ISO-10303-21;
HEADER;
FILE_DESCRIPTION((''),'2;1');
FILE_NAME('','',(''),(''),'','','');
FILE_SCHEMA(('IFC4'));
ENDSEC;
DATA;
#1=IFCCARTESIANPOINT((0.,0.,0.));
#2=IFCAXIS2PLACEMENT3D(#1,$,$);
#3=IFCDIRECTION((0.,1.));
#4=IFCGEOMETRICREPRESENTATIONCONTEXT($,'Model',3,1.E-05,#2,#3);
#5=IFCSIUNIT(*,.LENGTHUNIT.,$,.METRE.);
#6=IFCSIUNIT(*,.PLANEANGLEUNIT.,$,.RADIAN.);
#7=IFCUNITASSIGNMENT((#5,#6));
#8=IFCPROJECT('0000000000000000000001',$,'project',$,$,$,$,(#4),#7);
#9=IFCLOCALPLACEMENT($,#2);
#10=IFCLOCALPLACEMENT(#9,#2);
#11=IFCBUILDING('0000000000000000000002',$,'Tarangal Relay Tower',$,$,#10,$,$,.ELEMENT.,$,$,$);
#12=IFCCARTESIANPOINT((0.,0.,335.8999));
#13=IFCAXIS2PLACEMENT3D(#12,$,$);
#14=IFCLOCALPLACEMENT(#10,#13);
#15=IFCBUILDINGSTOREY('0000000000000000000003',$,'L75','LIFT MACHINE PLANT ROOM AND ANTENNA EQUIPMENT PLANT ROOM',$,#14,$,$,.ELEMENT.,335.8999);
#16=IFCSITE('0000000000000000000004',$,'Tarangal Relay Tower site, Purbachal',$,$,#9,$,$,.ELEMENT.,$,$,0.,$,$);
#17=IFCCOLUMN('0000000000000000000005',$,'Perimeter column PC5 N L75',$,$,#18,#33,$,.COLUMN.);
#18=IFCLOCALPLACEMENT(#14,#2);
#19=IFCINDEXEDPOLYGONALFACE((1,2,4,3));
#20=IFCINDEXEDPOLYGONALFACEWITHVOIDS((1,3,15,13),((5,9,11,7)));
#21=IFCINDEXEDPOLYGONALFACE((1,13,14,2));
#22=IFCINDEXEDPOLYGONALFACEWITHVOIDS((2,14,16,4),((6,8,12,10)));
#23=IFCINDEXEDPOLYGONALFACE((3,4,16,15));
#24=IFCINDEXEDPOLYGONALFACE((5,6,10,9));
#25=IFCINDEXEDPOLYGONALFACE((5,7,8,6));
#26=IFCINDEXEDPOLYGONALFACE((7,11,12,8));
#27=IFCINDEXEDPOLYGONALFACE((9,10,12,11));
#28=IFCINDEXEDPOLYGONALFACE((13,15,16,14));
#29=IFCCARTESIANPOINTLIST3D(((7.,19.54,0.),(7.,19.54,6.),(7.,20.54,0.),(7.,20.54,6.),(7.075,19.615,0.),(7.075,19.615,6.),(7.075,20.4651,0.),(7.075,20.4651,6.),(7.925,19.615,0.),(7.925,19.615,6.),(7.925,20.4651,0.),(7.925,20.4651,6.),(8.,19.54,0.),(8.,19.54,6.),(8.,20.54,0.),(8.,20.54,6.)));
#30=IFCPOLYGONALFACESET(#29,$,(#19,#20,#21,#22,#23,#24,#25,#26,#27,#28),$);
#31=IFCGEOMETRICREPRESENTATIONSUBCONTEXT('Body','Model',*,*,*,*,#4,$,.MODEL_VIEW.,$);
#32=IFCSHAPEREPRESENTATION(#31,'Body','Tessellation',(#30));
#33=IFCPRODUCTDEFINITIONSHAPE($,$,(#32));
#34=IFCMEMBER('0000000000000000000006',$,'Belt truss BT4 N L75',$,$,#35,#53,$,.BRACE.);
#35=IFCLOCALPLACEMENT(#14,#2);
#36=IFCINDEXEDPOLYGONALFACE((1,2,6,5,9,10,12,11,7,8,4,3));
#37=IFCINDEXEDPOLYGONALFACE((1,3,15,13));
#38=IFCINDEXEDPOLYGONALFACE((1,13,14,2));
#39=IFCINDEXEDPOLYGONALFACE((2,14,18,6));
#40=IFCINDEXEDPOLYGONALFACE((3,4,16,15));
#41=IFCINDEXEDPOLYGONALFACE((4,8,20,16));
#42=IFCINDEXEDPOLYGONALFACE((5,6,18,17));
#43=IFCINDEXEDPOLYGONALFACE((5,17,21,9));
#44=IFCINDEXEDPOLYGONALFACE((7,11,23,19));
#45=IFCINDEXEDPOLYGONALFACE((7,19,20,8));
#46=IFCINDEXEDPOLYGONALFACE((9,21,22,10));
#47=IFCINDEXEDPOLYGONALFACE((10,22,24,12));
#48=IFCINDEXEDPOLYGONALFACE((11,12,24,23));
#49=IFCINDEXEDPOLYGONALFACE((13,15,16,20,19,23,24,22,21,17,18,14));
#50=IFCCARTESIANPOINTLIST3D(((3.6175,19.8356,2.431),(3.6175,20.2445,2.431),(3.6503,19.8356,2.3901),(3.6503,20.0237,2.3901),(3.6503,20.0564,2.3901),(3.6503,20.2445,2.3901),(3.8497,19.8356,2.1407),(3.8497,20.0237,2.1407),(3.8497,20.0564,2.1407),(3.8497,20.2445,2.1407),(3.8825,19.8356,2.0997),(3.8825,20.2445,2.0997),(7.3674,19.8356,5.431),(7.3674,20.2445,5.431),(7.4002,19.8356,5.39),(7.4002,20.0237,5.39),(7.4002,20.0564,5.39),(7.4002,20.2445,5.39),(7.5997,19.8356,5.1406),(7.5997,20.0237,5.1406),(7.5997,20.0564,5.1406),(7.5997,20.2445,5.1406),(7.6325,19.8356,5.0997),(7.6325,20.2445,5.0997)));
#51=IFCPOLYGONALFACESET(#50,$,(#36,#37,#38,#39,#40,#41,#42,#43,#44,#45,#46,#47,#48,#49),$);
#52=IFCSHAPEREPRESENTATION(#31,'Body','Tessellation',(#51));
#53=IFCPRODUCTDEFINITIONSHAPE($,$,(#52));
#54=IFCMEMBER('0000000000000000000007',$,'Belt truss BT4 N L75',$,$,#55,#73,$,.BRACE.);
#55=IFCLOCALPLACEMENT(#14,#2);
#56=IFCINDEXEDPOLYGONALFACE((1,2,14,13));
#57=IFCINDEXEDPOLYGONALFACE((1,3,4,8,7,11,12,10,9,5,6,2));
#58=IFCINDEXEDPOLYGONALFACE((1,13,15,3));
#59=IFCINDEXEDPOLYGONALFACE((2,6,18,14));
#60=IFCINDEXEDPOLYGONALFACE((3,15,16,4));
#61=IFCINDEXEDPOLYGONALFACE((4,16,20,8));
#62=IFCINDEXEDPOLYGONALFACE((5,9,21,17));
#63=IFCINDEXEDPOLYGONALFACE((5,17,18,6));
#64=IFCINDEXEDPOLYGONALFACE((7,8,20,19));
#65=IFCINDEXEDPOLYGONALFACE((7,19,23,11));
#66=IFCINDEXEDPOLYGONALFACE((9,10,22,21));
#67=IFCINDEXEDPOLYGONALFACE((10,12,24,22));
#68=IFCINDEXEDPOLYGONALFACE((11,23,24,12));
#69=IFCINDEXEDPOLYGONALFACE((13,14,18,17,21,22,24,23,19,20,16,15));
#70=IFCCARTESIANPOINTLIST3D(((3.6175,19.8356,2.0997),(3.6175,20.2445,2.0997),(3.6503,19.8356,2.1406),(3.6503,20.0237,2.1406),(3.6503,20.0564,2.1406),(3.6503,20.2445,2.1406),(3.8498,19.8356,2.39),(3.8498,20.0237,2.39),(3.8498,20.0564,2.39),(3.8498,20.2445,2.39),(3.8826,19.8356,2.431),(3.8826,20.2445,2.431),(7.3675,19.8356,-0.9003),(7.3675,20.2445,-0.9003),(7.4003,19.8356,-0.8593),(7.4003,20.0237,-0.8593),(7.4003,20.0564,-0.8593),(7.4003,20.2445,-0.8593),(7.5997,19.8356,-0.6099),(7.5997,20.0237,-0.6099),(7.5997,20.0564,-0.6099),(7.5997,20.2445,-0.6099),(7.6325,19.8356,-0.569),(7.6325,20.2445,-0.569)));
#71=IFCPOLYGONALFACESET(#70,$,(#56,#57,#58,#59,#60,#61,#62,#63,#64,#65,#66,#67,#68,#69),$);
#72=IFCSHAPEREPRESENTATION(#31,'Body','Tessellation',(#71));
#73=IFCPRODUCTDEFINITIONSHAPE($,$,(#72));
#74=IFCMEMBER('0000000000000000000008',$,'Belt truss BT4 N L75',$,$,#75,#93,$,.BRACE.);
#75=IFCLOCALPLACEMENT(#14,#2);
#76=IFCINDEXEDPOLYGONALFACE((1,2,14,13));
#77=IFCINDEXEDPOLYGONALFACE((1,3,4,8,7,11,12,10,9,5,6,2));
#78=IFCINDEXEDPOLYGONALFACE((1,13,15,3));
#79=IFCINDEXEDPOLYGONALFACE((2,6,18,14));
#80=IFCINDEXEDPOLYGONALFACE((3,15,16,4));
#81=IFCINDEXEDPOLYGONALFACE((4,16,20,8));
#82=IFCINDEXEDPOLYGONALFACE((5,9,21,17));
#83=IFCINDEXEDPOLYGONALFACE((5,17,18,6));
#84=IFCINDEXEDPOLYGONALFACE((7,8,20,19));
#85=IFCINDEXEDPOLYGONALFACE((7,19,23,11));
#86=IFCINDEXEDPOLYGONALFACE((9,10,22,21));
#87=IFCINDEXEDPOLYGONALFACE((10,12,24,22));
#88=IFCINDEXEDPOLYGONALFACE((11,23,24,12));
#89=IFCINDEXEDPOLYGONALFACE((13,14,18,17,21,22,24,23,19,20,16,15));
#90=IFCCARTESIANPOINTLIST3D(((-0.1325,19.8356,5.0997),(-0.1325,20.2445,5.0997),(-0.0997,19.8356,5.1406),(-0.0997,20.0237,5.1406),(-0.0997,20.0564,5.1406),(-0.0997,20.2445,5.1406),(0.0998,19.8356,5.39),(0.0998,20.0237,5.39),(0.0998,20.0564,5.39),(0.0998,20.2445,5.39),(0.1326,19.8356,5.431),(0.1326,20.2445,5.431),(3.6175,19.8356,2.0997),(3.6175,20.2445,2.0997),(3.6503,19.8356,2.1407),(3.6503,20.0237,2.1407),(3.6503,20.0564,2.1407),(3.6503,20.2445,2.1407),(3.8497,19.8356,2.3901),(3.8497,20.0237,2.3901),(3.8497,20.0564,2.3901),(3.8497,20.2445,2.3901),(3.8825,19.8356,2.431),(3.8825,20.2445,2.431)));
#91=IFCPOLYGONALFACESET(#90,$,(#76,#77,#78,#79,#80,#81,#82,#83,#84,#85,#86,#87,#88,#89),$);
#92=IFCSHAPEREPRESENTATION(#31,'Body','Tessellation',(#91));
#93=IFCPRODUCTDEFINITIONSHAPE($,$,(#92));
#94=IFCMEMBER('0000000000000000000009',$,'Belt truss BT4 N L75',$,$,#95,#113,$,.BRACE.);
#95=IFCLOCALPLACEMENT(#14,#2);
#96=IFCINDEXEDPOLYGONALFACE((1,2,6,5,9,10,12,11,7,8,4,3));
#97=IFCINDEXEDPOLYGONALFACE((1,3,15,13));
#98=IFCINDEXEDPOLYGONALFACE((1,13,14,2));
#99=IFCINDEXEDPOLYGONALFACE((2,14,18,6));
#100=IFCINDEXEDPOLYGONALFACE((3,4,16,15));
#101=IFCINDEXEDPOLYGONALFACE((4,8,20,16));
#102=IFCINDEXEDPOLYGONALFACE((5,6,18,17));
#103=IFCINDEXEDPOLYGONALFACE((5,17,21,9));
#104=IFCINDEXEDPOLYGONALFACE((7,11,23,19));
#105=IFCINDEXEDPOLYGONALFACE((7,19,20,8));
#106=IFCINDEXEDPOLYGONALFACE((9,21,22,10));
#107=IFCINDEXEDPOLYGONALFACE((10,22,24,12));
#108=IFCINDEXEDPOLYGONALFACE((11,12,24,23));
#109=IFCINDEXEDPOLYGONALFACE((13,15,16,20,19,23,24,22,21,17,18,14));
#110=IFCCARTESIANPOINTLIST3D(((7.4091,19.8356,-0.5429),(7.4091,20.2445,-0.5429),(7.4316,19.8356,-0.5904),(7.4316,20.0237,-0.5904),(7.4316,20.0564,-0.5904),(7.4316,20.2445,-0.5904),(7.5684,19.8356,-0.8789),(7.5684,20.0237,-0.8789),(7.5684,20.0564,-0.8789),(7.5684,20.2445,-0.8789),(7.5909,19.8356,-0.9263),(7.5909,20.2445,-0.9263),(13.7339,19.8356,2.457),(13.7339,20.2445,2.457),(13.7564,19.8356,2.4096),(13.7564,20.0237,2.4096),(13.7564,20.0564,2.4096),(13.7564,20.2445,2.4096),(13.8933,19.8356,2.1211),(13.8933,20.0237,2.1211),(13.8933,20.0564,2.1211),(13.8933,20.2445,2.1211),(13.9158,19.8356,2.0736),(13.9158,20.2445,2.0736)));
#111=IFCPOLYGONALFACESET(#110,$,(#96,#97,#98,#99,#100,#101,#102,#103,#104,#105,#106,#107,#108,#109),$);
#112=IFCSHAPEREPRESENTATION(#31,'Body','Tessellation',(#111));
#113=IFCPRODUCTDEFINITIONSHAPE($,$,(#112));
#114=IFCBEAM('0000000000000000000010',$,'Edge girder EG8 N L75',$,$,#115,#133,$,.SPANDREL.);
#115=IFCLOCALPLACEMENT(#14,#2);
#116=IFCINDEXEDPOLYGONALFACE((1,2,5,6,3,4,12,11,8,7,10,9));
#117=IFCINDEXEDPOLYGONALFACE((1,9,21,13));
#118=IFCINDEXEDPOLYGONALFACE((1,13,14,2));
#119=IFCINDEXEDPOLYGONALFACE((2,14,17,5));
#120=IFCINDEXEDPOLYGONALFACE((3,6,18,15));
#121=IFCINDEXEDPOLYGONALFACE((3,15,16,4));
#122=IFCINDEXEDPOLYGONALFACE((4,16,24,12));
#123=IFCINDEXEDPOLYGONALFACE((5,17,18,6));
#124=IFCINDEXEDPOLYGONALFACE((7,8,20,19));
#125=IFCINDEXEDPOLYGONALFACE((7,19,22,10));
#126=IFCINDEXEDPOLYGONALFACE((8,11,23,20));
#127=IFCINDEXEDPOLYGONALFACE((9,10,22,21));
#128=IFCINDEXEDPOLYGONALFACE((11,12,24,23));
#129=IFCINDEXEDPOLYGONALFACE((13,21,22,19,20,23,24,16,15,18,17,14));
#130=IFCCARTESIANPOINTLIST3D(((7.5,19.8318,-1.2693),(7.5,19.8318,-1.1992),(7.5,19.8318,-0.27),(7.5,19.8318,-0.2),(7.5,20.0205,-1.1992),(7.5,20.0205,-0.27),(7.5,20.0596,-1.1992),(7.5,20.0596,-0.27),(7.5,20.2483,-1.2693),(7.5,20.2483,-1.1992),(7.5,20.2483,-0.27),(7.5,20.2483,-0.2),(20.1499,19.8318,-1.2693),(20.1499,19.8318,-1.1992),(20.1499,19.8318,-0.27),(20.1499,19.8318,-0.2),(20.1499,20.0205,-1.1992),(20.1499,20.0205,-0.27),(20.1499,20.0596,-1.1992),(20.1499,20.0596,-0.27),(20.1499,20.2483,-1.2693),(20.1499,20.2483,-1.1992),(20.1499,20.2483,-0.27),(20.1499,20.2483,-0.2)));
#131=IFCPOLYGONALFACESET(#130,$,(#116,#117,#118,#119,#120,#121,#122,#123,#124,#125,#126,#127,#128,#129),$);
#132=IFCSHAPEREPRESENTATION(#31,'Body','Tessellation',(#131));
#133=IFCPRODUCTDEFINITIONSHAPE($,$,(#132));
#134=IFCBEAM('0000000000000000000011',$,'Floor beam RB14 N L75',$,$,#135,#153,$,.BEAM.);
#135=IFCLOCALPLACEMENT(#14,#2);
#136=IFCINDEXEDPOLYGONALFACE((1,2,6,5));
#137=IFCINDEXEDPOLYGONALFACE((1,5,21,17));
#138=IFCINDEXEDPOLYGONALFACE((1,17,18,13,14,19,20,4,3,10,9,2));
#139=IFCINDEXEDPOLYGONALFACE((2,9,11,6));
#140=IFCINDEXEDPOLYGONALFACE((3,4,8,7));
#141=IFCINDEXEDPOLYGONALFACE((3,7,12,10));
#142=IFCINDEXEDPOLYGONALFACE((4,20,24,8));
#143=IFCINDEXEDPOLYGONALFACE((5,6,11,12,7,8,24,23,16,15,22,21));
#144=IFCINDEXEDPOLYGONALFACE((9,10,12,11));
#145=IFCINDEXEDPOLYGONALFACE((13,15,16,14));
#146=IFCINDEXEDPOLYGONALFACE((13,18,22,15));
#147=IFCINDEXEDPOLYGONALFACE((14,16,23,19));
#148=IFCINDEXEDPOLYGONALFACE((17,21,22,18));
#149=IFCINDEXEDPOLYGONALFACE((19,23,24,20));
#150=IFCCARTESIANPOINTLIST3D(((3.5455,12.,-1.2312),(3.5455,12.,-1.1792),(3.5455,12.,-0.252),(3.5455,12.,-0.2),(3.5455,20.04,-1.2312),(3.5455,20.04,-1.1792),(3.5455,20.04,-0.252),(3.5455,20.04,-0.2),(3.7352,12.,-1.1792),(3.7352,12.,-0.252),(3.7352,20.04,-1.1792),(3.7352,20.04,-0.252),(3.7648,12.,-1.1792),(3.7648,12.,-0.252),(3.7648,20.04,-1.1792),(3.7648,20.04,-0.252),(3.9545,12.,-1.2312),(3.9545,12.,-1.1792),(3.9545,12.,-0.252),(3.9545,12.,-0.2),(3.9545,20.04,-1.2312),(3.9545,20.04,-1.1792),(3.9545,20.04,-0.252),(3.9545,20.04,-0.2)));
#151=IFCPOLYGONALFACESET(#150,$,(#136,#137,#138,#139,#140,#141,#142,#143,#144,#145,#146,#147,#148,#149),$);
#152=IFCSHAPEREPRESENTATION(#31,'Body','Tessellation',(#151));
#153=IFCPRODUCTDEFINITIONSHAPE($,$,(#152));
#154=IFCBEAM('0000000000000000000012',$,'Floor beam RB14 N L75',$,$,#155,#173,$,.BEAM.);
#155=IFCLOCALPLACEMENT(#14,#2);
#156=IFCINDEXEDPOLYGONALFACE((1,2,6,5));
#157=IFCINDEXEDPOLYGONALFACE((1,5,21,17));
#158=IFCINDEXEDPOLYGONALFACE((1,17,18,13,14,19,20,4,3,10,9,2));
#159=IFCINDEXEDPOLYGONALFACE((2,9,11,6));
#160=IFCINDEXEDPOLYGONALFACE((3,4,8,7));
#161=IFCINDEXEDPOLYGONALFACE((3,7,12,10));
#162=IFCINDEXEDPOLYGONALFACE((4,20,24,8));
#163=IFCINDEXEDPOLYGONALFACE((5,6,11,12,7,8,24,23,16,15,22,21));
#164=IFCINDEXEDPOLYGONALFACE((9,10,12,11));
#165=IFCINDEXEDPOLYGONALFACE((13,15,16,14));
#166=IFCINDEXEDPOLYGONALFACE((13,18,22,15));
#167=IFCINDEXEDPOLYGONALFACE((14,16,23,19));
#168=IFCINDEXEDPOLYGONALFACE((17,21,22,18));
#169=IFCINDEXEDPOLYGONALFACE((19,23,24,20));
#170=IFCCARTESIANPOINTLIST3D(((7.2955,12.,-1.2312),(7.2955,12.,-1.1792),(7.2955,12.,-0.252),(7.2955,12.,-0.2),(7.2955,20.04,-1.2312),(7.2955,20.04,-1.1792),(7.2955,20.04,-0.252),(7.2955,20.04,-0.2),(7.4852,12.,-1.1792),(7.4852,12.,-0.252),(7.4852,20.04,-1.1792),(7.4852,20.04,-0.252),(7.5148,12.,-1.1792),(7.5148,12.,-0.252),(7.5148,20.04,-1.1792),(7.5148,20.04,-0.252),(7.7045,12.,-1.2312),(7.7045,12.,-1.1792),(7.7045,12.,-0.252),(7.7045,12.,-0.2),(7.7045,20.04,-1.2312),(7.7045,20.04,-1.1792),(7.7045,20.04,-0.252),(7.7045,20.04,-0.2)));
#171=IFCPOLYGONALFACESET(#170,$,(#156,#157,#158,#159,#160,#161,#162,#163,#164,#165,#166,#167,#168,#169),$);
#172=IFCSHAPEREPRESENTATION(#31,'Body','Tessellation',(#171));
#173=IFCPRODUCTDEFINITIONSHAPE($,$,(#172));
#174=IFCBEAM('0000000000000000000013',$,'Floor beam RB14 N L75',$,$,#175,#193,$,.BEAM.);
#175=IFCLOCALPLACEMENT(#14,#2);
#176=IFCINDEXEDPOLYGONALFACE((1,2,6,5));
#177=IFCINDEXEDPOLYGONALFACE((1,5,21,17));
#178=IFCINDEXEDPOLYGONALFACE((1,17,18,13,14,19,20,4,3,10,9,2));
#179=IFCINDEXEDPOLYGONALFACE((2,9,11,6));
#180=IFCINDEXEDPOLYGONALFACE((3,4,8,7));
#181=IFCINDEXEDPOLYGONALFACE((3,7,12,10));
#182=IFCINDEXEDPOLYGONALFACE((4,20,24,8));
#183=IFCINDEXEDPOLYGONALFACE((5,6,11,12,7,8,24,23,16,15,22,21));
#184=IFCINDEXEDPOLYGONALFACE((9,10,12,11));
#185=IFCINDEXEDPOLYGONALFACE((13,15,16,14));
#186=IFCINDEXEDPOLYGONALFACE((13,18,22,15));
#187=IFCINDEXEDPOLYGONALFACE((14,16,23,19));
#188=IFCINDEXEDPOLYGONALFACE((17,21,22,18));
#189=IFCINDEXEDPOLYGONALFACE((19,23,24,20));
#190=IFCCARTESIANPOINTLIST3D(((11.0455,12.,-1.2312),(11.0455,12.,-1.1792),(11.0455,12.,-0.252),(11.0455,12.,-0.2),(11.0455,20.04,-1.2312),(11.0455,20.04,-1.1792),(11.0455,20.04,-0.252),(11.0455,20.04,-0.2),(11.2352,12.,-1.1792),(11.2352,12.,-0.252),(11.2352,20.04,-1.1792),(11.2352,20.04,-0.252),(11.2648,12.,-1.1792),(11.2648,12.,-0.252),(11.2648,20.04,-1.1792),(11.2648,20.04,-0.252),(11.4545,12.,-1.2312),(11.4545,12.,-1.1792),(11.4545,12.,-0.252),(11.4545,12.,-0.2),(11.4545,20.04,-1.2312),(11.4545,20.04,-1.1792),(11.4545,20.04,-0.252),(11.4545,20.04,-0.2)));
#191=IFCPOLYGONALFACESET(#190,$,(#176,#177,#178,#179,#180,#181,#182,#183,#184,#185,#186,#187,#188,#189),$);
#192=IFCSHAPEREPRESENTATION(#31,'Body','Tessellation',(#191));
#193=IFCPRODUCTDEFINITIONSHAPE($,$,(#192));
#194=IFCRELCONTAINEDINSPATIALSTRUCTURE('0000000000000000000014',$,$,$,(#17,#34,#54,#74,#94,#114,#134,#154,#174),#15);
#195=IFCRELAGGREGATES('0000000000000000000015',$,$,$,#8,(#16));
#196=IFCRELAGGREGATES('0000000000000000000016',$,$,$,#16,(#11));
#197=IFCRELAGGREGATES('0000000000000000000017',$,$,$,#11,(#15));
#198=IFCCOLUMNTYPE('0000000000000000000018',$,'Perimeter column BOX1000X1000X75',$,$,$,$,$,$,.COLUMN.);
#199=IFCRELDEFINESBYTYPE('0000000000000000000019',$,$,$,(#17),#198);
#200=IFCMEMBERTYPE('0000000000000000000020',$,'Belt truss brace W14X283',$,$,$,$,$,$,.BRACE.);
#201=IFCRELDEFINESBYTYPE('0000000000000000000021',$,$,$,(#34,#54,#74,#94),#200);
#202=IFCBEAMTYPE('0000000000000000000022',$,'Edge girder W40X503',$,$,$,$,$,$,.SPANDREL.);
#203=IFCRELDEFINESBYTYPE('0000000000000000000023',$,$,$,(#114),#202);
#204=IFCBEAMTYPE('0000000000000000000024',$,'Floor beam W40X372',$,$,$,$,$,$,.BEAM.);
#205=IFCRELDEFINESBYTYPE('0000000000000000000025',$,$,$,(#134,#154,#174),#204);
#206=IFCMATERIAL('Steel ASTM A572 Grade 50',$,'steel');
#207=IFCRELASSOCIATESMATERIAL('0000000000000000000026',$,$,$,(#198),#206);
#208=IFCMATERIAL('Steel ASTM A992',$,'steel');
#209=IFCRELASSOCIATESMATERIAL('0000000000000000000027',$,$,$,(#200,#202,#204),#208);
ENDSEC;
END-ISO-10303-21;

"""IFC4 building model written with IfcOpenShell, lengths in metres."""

from ifc_helpers import new_model, si_unit, direction, frame, origin, origin_2d, place, context, subcontext, project, spatial, hollow_rectangle, i_section, extrude, material, material_profile, profile_set, type_object, element, save


model = new_model("IFC4")

# Units and contexts
model_context = context("Model", 3, precision=1e-05, world=origin(), true_north=direction((0.0, 1.0)))
body_context = subcontext(model_context, "Body", "Model", "MODEL_VIEW")
ifc_project = project(units=[si_unit("LENGTHUNIT", "METRE"), si_unit("PLANEANGLEUNIT", "RADIAN")], contexts=[model_context])

# Site, building, storey
site_placement = place(None, origin())
site = spatial("IfcSite", under=ifc_project, at=site_placement, Name="Tarangal Relay Tower site, Purbachal", CompositionType="ELEMENT", RefElevation=0.0)
building_placement = place(site_placement, origin())
building = spatial("IfcBuilding", under=site, at=building_placement, Name="Tarangal Relay Tower", CompositionType="ELEMENT")
storey_placement = place(building_placement, frame((0.0, 0.0, 335.8999)))
storey = spatial("IfcBuildingStorey", under=building, at=storey_placement, Name="L75", Description="LIFT MACHINE PLANT ROOM AND ANTENNA EQUIPMENT PLANT ROOM", CompositionType="ELEMENT", Elevation=335.8999)

# Column
ifc_material_1 = material(Name="Steel ASTM A572 Grade 50", Category="steel")
ifc_material_profile_1 = material_profile(ifc_material_1, hollow_rectangle(XDim=1.0, YDim=1.0, WallThickness=0.075, at=origin_2d()), Name="BOX1000X1000X75")
ifc_profile_set_1 = profile_set([ifc_material_profile_1], Name="Steel ASTM A572 Grade 50")
column_type = type_object("IfcColumnType", Name="Perimeter column BOX1000X1000X75", PredefinedType="COLUMN", material=ifc_profile_set_1)
column_placement = place(storey_placement, frame((7.5, 20.04, 0.0), z_axis=(0.0, 0.0, 1.0), x_axis=(1.0, 0.0, 0.0)))
element("IfcColumn", 1, at=column_placement, inside=storey, type_object=column_type, Name="Perimeter column PC5 N L75", PredefinedType="COLUMN", context=body_context, shape_type="SweptSolid", body=[
    extrude(hollow_rectangle(XDim=1.0, YDim=1.0, WallThickness=0.075, at=origin_2d()), origin(), (0.0, 0.0, 1.0), 6.0),
])

# Members
ifc_material_2 = material(Name="Steel ASTM A992", Category="steel")
ifc_material_profile_2 = material_profile(ifc_material_2, i_section(OverallWidth=0.4089, OverallDepth=0.4243, WebThickness=0.0327, FlangeThickness=0.0525, at=origin_2d()), Name="W14X283")
ifc_profile_set_2 = profile_set([ifc_material_profile_2], Name="Steel ASTM A992")
member_type = type_object("IfcMemberType", Name="Belt truss brace W14X283", PredefinedType="BRACE", material=ifc_profile_set_2)
for number, where, z_axis, x_axis, name in (
    (2, (3.75, 20.04, 2.2654), (0.780869, 0.0, 0.624695), (0.0, 1.0, 0.0), "Belt truss BT4 N L75"),
    (3, (7.5, 20.04, -0.7346), (-0.780869, 0.0, 0.624695), (0.0, -1.0, 0.0), "Belt truss BT4 N L75"),
    (4, (3.75, 20.04, 2.2654), (-0.780869, 0.0, 0.624695), (0.0, -1.0, 0.0), "Belt truss BT4 N L75"),
):
    element("IfcMember", number, at=place(storey_placement, frame(where, z_axis=z_axis, x_axis=x_axis)), inside=storey, type_object=member_type, Name=name, PredefinedType="BRACE", context=body_context, shape_type="SweptSolid", body=[
        extrude(i_section(OverallWidth=0.4089, OverallDepth=0.4243, WebThickness=0.0327, FlangeThickness=0.0525, at=origin_2d()), origin(), (0.0, 0.0, 1.0), 4.8022),
    ])
member_placement = place(storey_placement, frame((7.5, 20.04, -0.7346), z_axis=(0.903518, 0.0, 0.42855), x_axis=(0.0, 1.0, 0.0)))
element("IfcMember", 5, at=member_placement, inside=storey, type_object=member_type, Name="Belt truss BT4 N L75", PredefinedType="BRACE", context=body_context, shape_type="SweptSolid", body=[
    extrude(i_section(OverallWidth=0.4089, OverallDepth=0.4243, WebThickness=0.0327, FlangeThickness=0.0525, at=origin_2d()), origin(), (0.0, 0.0, 1.0), 7.0002),
])

# Beams
ifc_material_profile_3 = material_profile(ifc_material_2, i_section(OverallWidth=0.4165, OverallDepth=1.0693, WebThickness=0.0391, FlangeThickness=0.0701, at=origin_2d()), Name="W40X503")
ifc_profile_set_3 = profile_set([ifc_material_profile_3], Name="Steel ASTM A992")
beam_type_1 = type_object("IfcBeamType", Name="Edge girder W40X503", PredefinedType="SPANDREL", material=ifc_profile_set_3)
beam_placement = place(storey_placement, frame((7.5, 20.04, -0.7346), z_axis=(1.0, 0.0, 0.0), x_axis=(0.0, 1.0, 0.0)))
element("IfcBeam", 6, at=beam_placement, inside=storey, type_object=beam_type_1, Name="Edge girder EG8 N L75", PredefinedType="SPANDREL", context=body_context, shape_type="SweptSolid", body=[
    extrude(i_section(OverallWidth=0.4165, OverallDepth=1.0693, WebThickness=0.0391, FlangeThickness=0.0701, at=origin_2d()), origin(), (0.0, 0.0, 1.0), 12.6499),
])
ifc_material_profile_4 = material_profile(ifc_material_2, i_section(OverallWidth=0.4089, OverallDepth=1.0312, WebThickness=0.0295, FlangeThickness=0.052, at=origin_2d()), Name="W40X372")
ifc_profile_set_4 = profile_set([ifc_material_profile_4], Name="Steel ASTM A992")
beam_type_2 = type_object("IfcBeamType", Name="Floor beam W40X372", PredefinedType="BEAM", material=ifc_profile_set_4)
for number, where, z_axis, x_axis, name in (
    (7, (3.75, 12.0, -0.7156), (0.0, 1.0, 0.0), (-1.0, 0.0, 0.0), "Floor beam RB14 N L75"),
    (8, (7.5, 12.0, -0.7156), (0.0, 1.0, 0.0), (-1.0, 0.0, 0.0), "Floor beam RB14 N L75"),
    (9, (11.25, 12.0, -0.7156), (0.0, 1.0, 0.0), (-1.0, 0.0, 0.0), "Floor beam RB14 N L75"),
):
    element("IfcBeam", number, at=place(storey_placement, frame(where, z_axis=z_axis, x_axis=x_axis)), inside=storey, type_object=beam_type_2, Name=name, PredefinedType="BEAM", context=body_context, shape_type="SweptSolid", body=[
        extrude(i_section(OverallWidth=0.4089, OverallDepth=1.0312, WebThickness=0.0295, FlangeThickness=0.052, at=origin_2d()), origin(), (0.0, 0.0, 1.0), 8.04),
    ])

save(model, "model.ifc")
